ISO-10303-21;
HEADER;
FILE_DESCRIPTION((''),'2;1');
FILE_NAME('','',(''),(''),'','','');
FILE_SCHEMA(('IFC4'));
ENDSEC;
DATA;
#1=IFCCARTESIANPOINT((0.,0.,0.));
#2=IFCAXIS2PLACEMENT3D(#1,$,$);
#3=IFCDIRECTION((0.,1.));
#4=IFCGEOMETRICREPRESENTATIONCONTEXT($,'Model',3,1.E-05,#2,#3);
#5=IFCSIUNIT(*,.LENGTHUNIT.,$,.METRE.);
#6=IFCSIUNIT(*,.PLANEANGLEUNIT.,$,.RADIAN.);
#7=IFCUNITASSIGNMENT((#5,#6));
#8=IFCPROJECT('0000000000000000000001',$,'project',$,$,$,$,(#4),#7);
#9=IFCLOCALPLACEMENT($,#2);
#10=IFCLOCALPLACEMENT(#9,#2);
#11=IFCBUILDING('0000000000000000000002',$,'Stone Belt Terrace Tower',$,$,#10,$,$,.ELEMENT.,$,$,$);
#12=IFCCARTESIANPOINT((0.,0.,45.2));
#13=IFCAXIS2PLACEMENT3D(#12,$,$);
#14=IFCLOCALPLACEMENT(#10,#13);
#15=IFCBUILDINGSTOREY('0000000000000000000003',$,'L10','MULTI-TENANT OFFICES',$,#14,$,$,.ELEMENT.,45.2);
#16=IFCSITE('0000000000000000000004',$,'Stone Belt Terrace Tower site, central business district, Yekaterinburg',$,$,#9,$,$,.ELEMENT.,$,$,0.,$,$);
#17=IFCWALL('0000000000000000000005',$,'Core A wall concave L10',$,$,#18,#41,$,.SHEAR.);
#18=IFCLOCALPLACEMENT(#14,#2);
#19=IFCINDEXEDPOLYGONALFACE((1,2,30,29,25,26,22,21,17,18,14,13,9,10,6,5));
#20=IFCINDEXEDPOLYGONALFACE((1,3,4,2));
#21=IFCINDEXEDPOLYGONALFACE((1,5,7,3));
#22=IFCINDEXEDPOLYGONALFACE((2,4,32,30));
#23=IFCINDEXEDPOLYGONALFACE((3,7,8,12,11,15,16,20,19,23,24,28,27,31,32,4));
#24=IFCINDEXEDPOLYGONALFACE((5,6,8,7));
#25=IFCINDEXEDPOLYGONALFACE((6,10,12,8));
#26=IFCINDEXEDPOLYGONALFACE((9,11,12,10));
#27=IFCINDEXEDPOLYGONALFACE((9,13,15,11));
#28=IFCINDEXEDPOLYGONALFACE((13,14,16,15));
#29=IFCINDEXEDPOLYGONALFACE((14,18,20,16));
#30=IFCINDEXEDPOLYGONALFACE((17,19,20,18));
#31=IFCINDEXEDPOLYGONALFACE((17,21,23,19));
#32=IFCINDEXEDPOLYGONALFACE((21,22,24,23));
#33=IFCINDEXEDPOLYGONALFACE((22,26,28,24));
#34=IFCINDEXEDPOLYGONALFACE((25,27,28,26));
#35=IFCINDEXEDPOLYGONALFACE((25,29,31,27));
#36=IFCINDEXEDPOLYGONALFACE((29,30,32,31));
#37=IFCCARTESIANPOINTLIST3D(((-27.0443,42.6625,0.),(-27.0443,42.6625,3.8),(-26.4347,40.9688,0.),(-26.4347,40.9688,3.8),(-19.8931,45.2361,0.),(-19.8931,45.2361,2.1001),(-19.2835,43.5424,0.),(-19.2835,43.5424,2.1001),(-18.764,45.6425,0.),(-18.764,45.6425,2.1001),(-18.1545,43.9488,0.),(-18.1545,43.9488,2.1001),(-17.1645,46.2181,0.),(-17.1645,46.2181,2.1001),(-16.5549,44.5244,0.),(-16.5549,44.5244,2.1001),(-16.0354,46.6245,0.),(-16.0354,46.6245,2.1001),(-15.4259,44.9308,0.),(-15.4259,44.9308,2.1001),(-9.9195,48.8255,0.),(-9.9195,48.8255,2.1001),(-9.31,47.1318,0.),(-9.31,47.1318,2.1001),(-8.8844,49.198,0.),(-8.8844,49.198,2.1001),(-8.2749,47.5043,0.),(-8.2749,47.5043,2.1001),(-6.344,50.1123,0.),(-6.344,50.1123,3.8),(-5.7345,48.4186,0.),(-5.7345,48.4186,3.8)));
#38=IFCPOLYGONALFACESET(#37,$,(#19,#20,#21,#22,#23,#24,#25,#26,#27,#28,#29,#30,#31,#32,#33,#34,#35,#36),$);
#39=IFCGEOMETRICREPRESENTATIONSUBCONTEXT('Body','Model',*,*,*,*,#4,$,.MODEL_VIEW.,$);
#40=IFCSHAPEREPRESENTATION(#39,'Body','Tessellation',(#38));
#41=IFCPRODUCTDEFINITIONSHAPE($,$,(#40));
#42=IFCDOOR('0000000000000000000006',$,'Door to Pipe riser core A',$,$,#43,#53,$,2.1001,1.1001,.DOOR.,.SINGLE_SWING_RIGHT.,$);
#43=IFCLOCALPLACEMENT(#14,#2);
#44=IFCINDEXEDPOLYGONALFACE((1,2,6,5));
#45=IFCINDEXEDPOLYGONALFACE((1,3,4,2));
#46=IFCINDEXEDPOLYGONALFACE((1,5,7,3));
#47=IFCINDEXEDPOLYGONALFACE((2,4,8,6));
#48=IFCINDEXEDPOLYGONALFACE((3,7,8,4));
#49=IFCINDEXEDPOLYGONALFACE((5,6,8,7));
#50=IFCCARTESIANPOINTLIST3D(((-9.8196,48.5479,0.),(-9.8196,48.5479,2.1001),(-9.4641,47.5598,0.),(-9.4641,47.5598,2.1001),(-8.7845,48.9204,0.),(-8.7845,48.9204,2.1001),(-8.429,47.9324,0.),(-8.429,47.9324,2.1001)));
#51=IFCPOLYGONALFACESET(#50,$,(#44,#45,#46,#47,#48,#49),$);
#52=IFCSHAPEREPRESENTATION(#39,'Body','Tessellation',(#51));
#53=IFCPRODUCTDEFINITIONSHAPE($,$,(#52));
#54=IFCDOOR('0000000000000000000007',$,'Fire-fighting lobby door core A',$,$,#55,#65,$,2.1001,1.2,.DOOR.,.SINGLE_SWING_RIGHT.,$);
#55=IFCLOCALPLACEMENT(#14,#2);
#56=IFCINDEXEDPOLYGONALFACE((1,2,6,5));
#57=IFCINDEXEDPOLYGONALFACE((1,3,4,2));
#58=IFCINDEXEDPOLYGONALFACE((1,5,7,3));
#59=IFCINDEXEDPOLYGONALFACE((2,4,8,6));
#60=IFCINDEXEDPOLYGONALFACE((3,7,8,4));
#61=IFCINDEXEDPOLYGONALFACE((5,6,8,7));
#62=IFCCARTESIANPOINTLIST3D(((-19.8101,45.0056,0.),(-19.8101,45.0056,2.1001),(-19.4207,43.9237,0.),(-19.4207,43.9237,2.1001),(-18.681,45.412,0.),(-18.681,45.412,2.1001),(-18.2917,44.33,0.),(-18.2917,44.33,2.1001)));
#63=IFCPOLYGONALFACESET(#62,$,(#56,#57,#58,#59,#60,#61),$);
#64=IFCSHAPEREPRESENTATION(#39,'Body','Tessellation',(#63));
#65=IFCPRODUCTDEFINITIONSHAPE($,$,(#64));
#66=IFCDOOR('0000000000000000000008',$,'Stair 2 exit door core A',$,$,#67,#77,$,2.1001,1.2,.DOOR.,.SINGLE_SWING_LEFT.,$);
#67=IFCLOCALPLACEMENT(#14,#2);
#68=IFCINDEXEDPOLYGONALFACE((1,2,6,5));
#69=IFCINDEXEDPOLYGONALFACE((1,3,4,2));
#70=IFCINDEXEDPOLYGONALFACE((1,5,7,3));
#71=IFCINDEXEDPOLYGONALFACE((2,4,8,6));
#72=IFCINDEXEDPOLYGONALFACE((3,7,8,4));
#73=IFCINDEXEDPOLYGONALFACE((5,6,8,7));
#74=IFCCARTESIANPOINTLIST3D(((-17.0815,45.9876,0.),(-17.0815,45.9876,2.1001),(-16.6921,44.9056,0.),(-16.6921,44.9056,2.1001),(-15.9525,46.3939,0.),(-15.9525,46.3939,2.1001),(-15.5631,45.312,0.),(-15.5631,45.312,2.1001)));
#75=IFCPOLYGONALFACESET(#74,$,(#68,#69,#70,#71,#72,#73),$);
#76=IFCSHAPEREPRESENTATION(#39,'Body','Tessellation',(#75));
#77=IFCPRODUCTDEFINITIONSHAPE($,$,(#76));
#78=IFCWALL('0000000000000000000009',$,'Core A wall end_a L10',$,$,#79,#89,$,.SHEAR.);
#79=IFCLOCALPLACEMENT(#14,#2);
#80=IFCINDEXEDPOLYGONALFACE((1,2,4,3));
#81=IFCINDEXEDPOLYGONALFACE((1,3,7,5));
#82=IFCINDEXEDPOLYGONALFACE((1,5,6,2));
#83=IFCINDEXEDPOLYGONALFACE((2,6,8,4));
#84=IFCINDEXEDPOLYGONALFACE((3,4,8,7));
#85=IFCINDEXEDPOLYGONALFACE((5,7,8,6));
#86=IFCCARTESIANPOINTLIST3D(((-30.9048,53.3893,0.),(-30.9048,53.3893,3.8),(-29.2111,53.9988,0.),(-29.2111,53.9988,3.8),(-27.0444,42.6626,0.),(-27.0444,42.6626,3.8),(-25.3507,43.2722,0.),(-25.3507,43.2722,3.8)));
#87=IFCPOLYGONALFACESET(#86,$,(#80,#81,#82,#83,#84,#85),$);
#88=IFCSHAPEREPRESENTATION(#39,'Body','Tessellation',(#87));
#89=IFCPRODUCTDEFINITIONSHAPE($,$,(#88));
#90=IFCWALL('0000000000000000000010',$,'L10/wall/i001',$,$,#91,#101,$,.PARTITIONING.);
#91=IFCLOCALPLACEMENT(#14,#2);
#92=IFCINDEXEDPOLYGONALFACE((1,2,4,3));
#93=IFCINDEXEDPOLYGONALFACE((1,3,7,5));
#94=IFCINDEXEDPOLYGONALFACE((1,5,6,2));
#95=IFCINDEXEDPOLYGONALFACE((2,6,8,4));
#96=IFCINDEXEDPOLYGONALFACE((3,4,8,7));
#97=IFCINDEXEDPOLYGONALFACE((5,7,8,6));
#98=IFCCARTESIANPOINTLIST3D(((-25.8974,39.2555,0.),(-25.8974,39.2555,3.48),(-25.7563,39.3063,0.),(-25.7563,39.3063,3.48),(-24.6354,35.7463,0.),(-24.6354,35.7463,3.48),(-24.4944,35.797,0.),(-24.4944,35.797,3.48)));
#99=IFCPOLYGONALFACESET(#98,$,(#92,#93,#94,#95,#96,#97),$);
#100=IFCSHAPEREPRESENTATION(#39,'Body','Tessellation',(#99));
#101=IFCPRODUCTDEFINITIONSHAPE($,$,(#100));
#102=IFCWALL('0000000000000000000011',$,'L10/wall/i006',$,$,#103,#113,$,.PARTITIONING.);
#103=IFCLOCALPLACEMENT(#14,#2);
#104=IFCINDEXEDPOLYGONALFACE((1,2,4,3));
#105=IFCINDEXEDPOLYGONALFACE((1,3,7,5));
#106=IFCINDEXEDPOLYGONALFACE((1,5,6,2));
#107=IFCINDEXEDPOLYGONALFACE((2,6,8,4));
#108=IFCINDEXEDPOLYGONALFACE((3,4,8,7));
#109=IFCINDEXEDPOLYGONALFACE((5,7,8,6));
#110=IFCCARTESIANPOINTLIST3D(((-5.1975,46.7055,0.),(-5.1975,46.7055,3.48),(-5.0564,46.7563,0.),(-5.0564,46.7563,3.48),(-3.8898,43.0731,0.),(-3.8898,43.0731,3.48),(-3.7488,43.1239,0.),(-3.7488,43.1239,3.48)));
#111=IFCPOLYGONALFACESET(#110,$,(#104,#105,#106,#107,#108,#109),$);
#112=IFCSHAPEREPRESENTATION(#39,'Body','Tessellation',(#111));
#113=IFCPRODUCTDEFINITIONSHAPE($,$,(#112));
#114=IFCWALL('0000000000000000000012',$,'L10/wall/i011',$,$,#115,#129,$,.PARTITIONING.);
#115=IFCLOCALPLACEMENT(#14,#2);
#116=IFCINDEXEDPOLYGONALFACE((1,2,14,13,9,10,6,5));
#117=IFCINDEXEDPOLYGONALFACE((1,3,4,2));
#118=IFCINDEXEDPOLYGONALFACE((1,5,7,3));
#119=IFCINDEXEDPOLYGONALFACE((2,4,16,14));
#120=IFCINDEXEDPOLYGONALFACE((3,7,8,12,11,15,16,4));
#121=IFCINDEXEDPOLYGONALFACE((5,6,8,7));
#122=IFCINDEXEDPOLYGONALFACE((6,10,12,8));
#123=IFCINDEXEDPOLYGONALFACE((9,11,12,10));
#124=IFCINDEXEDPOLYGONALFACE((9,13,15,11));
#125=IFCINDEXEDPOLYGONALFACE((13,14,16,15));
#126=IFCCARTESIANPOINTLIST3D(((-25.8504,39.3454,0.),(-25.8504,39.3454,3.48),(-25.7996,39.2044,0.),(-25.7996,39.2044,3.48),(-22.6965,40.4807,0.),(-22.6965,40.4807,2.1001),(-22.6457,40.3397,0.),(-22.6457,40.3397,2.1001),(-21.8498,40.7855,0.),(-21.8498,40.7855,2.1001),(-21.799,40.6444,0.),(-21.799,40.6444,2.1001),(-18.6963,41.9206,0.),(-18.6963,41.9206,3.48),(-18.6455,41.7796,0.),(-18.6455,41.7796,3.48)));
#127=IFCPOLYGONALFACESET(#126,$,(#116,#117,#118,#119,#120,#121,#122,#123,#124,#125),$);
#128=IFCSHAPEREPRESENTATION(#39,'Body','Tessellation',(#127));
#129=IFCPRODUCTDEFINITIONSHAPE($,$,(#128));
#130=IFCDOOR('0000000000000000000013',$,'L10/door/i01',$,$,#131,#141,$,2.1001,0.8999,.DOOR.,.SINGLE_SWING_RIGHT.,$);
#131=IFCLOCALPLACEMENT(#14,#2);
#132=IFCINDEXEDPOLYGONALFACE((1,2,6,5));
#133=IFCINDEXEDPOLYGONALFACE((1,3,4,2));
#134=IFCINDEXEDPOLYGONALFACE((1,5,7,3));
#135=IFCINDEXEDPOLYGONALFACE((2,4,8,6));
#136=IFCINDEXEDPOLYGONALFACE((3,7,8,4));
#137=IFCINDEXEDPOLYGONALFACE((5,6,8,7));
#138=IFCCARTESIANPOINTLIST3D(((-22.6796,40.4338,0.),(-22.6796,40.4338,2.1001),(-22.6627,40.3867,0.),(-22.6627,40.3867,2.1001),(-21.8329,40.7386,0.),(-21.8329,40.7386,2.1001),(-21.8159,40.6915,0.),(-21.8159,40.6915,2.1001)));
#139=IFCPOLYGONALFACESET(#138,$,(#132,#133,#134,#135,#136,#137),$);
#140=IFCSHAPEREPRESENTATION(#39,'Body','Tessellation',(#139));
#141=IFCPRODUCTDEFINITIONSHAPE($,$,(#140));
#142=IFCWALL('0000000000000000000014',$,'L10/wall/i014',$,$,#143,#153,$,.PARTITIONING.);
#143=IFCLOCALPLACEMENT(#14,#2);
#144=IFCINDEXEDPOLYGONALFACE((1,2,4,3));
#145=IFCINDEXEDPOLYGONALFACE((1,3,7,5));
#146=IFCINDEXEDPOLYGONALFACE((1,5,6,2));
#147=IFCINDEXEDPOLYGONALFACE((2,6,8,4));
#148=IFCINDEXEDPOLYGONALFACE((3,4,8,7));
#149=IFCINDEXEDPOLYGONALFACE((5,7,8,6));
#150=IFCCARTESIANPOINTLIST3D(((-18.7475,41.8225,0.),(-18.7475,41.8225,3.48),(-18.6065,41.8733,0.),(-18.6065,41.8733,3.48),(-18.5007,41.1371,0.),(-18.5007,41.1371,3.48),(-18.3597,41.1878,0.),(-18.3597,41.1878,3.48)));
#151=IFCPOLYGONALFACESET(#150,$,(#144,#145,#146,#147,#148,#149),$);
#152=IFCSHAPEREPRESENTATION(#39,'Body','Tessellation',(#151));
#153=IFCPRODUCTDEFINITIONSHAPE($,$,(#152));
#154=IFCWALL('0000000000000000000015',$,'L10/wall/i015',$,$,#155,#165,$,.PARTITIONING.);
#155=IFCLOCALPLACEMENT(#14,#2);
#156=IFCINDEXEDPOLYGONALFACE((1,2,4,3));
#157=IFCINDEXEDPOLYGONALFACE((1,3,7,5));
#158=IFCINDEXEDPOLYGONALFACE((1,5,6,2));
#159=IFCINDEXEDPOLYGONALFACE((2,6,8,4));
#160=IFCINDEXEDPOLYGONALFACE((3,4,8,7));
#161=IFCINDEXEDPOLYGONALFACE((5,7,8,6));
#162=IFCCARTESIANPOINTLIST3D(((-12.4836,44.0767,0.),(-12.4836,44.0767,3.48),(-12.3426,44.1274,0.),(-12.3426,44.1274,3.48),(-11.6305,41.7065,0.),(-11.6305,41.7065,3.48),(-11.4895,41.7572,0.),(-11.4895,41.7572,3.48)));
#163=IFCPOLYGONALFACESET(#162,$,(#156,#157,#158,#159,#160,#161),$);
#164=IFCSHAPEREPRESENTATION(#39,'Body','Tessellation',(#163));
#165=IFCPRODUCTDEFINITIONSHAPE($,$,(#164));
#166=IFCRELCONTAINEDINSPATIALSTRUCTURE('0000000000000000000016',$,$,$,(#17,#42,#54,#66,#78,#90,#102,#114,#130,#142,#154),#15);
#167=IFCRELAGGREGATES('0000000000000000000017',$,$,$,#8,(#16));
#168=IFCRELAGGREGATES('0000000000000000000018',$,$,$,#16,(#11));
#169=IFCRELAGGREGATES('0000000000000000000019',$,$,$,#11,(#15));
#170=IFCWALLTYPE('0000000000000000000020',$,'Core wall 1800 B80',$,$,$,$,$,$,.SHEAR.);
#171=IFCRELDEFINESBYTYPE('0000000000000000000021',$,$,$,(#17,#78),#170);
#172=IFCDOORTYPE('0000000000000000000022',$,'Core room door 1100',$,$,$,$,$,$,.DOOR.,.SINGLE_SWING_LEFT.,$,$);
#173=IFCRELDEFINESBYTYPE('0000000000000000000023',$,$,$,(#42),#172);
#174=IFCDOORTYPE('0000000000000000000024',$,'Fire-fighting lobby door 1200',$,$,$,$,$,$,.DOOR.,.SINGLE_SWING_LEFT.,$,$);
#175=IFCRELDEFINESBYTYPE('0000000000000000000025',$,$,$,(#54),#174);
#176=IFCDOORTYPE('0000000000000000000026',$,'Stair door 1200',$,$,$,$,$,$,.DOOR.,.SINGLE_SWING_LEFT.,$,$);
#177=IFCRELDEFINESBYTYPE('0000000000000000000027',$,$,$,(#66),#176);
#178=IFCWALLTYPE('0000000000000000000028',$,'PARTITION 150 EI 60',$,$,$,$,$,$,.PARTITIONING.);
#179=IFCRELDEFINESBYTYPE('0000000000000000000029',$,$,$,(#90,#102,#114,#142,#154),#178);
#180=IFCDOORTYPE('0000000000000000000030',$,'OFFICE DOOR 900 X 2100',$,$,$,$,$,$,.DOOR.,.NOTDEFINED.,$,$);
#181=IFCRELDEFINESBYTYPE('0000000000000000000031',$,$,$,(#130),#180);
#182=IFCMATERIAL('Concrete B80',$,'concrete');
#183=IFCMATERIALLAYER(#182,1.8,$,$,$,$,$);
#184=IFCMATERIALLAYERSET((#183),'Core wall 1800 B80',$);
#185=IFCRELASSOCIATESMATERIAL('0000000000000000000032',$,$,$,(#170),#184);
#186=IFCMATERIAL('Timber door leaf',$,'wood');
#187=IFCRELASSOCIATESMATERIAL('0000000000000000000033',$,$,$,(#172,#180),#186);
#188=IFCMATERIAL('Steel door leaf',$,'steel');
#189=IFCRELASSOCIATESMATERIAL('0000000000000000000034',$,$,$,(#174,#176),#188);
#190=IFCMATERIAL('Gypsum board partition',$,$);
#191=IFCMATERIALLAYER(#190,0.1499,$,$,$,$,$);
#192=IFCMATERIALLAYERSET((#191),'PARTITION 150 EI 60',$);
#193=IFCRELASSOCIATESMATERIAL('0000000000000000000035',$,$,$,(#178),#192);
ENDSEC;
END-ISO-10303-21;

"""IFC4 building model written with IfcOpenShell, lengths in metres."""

from ifc_helpers import new_model, si_unit, direction, frame, frame_2d, origin, place, context, subcontext, project, spatial, rectangle, extrude, material, layer, layer_set, type_object, element, fill, save


model = new_model("IFC4")

# Units and contexts
model_context = context("Model", 3, precision=1e-05, world=origin(), true_north=direction((0.0, 1.0)))
body_context = subcontext(model_context, "Body", "Model", "MODEL_VIEW")
ifc_project = project(units=[si_unit("LENGTHUNIT", "METRE"), si_unit("PLANEANGLEUNIT", "RADIAN")], contexts=[model_context])

# Site, building, storey
site_placement = place(None, origin())
site = spatial("IfcSite", under=ifc_project, at=site_placement, Name="Stone Belt Terrace Tower site, central business district, Yekaterinburg", CompositionType="ELEMENT", RefElevation=0.0)
building_placement = place(site_placement, origin())
building = spatial("IfcBuilding", under=site, at=building_placement, Name="Stone Belt Terrace Tower", CompositionType="ELEMENT")
storey_placement = place(building_placement, frame((0.0, 0.0, 45.2)))
storey = spatial("IfcBuildingStorey", under=building, at=storey_placement, Name="L10", Description="MULTI-TENANT OFFICES", CompositionType="ELEMENT", Elevation=45.2)

# Shared definitions
ifc_material_1 = material(Name="Concrete B80", Category="concrete")

# Wall, openings, doors
ifc_layer_1 = layer(ifc_material_1, 1.8)
ifc_layer_set_1 = layer_set([ifc_layer_1], Name="Core wall 1800 B80")
wall_type_1 = type_object("IfcWallType", Name="Core wall 1800 B80", PredefinedType="SHEAR", material=ifc_layer_set_1)
wall_1_placement = place(storey_placement, frame((-26.7395, 41.8157, 0.0), z_axis=(0.0, 0.0, 1.0), x_axis=(0.940922, 0.338624, 0.0)))
wall_1 = element("IfcWall", 1, at=wall_1_placement, inside=storey, type_object=wall_type_1, Name="Core A wall concave L10", PredefinedType="SHEAR", context=body_context, shape_type="SweptSolid", body=[
    extrude(rectangle(XDim=22.0, YDim=1.8, at=frame_2d((11.0, 0.0))), origin(), (0.0, 0.0, 1.0), 3.8),
])
opening_1_placement = place(wall_1_placement, frame((7.6001, 0.0, 0.0)))
opening_1 = element("IfcOpeningElement", 2, at=opening_1_placement, cuts=wall_1, PredefinedType="OPENING", context=body_context, shape_type="SweptSolid", body=[
    extrude(rectangle(XDim=1.2, YDim=2.1001, at=frame_2d((0.6001, 1.05))), frame((0.0, 0.9099, 0.0), z_axis=(0.0, -1.0, 0.0), x_axis=(1.0, 0.0, 0.0)), (0.0, 0.0, 1.0), 1.8201),
])
opening_2_placement = place(wall_1_placement, frame((10.5, 0.0, 0.0)))
opening_2 = element("IfcOpeningElement", 3, at=opening_2_placement, cuts=wall_1, PredefinedType="OPENING", context=body_context, shape_type="SweptSolid", body=[
    extrude(rectangle(XDim=1.2, YDim=2.1001, at=frame_2d((0.6001, 1.05))), frame((0.0, 0.9099, 0.0), z_axis=(0.0, -1.0, 0.0), x_axis=(1.0, 0.0, 0.0)), (0.0, 0.0, 1.0), 1.8201),
])
opening_3_placement = place(wall_1_placement, frame((18.2, 0.0, 0.0)))
opening_3 = element("IfcOpeningElement", 4, at=opening_3_placement, cuts=wall_1, PredefinedType="OPENING", context=body_context, shape_type="SweptSolid", body=[
    extrude(rectangle(XDim=1.1001, YDim=2.1001, at=frame_2d((0.55, 1.05))), frame((0.0, 0.9099, 0.0), z_axis=(0.0, -1.0, 0.0), x_axis=(1.0, 0.0, 0.0)), (0.0, 0.0, 1.0), 1.8201),
])
ifc_material_2 = material(Name="Timber door leaf", Category="wood")
door_type_1 = type_object("IfcDoorType", Name="Core room door 1100", OperationType="SINGLE_SWING_LEFT", PredefinedType="DOOR", material=ifc_material_2)
door_1_placement = place(opening_3_placement, origin())
door_1 = element("IfcDoor", 5, at=door_1_placement, inside=storey, type_object=door_type_1, Name="Door to Pipe riser core A", OperationType="SINGLE_SWING_RIGHT", OverallHeight=2.1001, OverallWidth=1.1001, PredefinedType="DOOR", context=body_context, shape_type="SweptSolid", body=[
    extrude(rectangle(XDim=1.1001, YDim=2.1001, at=frame_2d((0.55, 1.05))), frame((0.0, 0.605, 0.0), z_axis=(0.0, -1.0, 0.0), x_axis=(1.0, 0.0, 0.0)), (0.0, 0.0, 1.0), 1.05),
])
fill(opening_3, door_1)
ifc_material_3 = material(Name="Steel door leaf", Category="steel")
door_type_2 = type_object("IfcDoorType", Name="Fire-fighting lobby door 1200", OperationType="SINGLE_SWING_LEFT", PredefinedType="DOOR", material=ifc_material_3)
door_2_placement = place(opening_1_placement, origin())
door_2 = element("IfcDoor", 6, at=door_2_placement, inside=storey, type_object=door_type_2, Name="Fire-fighting lobby door core A", OperationType="SINGLE_SWING_RIGHT", OverallHeight=2.1001, OverallWidth=1.2, PredefinedType="DOOR", context=body_context, shape_type="SweptSolid", body=[
    extrude(rectangle(XDim=1.2, YDim=2.1001, at=frame_2d((0.6001, 1.05))), frame((0.0, 0.655, 0.0), z_axis=(0.0, -1.0, 0.0), x_axis=(1.0, 0.0, 0.0)), (0.0, 0.0, 1.0), 1.1499),
])
fill(opening_1, door_2)
door_type_3 = type_object("IfcDoorType", Name="Stair door 1200", OperationType="SINGLE_SWING_LEFT", PredefinedType="DOOR", material=ifc_material_3)
door_3_placement = place(opening_2_placement, origin())
door_3 = element("IfcDoor", 7, at=door_3_placement, inside=storey, type_object=door_type_3, Name="Stair 2 exit door core A", OperationType="SINGLE_SWING_LEFT", OverallHeight=2.1001, OverallWidth=1.2, PredefinedType="DOOR", context=body_context, shape_type="SweptSolid", body=[
    extrude(rectangle(XDim=1.2, YDim=2.1001, at=frame_2d((0.6001, 1.05))), frame((0.0, 0.655, 0.0), z_axis=(0.0, -1.0, 0.0), x_axis=(1.0, 0.0, 0.0)), (0.0, 0.0, 1.0), 1.1499),
])
fill(opening_2, door_3)

# Walls
wall_2_placement = place(storey_placement, frame((-26.1975, 42.9673, 0.0), z_axis=(0.0, 0.0, 1.0), x_axis=(-0.338625, 0.940921, 0.0)))
element("IfcWall", 8, at=wall_2_placement, inside=storey, type_object=wall_type_1, Name="Core A wall end_a L10", PredefinedType="SHEAR", context=body_context, shape_type="SweptSolid", body=[
    extrude(rectangle(XDim=11.4001, YDim=1.8, at=frame_2d((5.7002, 0.0))), origin(), (0.0, 0.0, 1.0), 3.8),
])
ifc_material_4 = material(Name="Gypsum board partition")
ifc_layer_2 = layer(ifc_material_4, 0.1499)
ifc_layer_set_2 = layer_set([ifc_layer_2], Name="PARTITION 150 EI 60")
wall_type_2 = type_object("IfcWallType", Name="PARTITION 150 EI 60", PredefinedType="PARTITIONING", material=ifc_layer_set_2)
wall_3_placement = place(storey_placement, frame((-25.8269, 39.281, 0.0), z_axis=(0.0, 0.0, 1.0), x_axis=(0.338393, -0.941005, 0.0)))
element("IfcWall", 9, at=wall_3_placement, inside=storey, type_object=wall_type_2, Name="L10/wall/i001", PredefinedType="PARTITIONING", context=body_context, shape_type="SweptSolid", body=[
    extrude(rectangle(XDim=3.7292, YDim=0.1499, at=frame_2d((1.8647, 0.0))), origin(), (0.0, 0.0, 1.0), 3.48),
])
wall_4_placement = place(storey_placement, frame((-3.8193, 43.0986, 0.0), z_axis=(0.0, 0.0, 1.0), x_axis=(-0.338715, 0.940889, 0.0)))
element("IfcWall", 10, at=wall_4_placement, inside=storey, type_object=wall_type_2, Name="L10/wall/i006", PredefinedType="PARTITIONING", context=body_context, shape_type="SweptSolid", body=[
    extrude(rectangle(XDim=3.8606, YDim=0.1499, at=frame_2d((1.9302, 0.0))), origin(), (0.0, 0.0, 1.0), 3.48),
])

# Wall, opening, door
wall_5_placement = place(storey_placement, frame((-18.6709, 41.8501, 0.0), z_axis=(0.0, 0.0, 1.0), x_axis=(-0.940898, -0.338689, 0.0)))
wall_5 = element("IfcWall", 11, at=wall_5_placement, inside=storey, type_object=wall_type_2, Name="L10/wall/i011", PredefinedType="PARTITIONING", context=body_context, shape_type="SweptSolid", body=[
    extrude(rectangle(XDim=7.6035, YDim=0.1499, at=frame_2d((3.8018, 0.0))), origin(), (0.0, 0.0, 1.0), 3.48),
])
opening_4_placement = place(wall_5_placement, frame((3.3516, 0.0, 0.0)))
opening_4 = element("IfcOpeningElement", 12, at=opening_4_placement, cuts=wall_5, PredefinedType="OPENING", context=body_context, shape_type="SweptSolid", body=[
    extrude(rectangle(XDim=0.8999, YDim=2.1001, at=frame_2d((0.45, 1.05))), frame((0.0, 0.085, 0.0), z_axis=(0.0, -1.0, 0.0), x_axis=(1.0, 0.0, 0.0)), (0.0, 0.0, 1.0), 0.1699),
])
door_type_4 = type_object("IfcDoorType", Name="OFFICE DOOR 900 X 2100", OperationType="NOTDEFINED", PredefinedType="DOOR", material=ifc_material_2)
door_4_placement = place(opening_4_placement, origin())
door_4 = element("IfcDoor", 13, at=door_4_placement, inside=storey, type_object=door_type_4, Name="L10/door/i01", OperationType="SINGLE_SWING_RIGHT", OverallHeight=2.1001, OverallWidth=0.8999, PredefinedType="DOOR", context=body_context, shape_type="SweptSolid", body=[
    extrude(rectangle(XDim=0.8999, YDim=2.1001, at=frame_2d((0.45, 1.05))), frame((0.0, 0.0249, 0.0), z_axis=(0.0, -1.0, 0.0), x_axis=(1.0, 0.0, 0.0)), (0.0, 0.0, 1.0), 0.05),
])
fill(opening_4, door_4)

# Walls
wall_6_placement = place(storey_placement, frame((-18.677, 41.8479, 0.0), z_axis=(0.0, 0.0, 1.0), x_axis=(0.338755, -0.940875, 0.0)))
element("IfcWall", 14, at=wall_6_placement, inside=storey, type_object=wall_type_2, Name="L10/wall/i014", PredefinedType="PARTITIONING", context=body_context, shape_type="SweptSolid", body=[
    extrude(rectangle(XDim=0.7285, YDim=0.1499, at=frame_2d((0.3643, 0.0))), origin(), (0.0, 0.0, 1.0), 3.48),
])
wall_7_placement = place(storey_placement, frame((-12.4131, 44.1021, 0.0), z_axis=(0.0, 0.0, 1.0), x_axis=(0.338644, -0.940915, 0.0)))
element("IfcWall", 15, at=wall_7_placement, inside=storey, type_object=wall_type_2, Name="L10/wall/i015", PredefinedType="PARTITIONING", context=body_context, shape_type="SweptSolid", body=[
    extrude(rectangle(XDim=2.519, YDim=0.1499, at=frame_2d((1.2595, 0.0))), origin(), (0.0, 0.0, 1.0), 3.48),
])

save(model, "model.ifc")
